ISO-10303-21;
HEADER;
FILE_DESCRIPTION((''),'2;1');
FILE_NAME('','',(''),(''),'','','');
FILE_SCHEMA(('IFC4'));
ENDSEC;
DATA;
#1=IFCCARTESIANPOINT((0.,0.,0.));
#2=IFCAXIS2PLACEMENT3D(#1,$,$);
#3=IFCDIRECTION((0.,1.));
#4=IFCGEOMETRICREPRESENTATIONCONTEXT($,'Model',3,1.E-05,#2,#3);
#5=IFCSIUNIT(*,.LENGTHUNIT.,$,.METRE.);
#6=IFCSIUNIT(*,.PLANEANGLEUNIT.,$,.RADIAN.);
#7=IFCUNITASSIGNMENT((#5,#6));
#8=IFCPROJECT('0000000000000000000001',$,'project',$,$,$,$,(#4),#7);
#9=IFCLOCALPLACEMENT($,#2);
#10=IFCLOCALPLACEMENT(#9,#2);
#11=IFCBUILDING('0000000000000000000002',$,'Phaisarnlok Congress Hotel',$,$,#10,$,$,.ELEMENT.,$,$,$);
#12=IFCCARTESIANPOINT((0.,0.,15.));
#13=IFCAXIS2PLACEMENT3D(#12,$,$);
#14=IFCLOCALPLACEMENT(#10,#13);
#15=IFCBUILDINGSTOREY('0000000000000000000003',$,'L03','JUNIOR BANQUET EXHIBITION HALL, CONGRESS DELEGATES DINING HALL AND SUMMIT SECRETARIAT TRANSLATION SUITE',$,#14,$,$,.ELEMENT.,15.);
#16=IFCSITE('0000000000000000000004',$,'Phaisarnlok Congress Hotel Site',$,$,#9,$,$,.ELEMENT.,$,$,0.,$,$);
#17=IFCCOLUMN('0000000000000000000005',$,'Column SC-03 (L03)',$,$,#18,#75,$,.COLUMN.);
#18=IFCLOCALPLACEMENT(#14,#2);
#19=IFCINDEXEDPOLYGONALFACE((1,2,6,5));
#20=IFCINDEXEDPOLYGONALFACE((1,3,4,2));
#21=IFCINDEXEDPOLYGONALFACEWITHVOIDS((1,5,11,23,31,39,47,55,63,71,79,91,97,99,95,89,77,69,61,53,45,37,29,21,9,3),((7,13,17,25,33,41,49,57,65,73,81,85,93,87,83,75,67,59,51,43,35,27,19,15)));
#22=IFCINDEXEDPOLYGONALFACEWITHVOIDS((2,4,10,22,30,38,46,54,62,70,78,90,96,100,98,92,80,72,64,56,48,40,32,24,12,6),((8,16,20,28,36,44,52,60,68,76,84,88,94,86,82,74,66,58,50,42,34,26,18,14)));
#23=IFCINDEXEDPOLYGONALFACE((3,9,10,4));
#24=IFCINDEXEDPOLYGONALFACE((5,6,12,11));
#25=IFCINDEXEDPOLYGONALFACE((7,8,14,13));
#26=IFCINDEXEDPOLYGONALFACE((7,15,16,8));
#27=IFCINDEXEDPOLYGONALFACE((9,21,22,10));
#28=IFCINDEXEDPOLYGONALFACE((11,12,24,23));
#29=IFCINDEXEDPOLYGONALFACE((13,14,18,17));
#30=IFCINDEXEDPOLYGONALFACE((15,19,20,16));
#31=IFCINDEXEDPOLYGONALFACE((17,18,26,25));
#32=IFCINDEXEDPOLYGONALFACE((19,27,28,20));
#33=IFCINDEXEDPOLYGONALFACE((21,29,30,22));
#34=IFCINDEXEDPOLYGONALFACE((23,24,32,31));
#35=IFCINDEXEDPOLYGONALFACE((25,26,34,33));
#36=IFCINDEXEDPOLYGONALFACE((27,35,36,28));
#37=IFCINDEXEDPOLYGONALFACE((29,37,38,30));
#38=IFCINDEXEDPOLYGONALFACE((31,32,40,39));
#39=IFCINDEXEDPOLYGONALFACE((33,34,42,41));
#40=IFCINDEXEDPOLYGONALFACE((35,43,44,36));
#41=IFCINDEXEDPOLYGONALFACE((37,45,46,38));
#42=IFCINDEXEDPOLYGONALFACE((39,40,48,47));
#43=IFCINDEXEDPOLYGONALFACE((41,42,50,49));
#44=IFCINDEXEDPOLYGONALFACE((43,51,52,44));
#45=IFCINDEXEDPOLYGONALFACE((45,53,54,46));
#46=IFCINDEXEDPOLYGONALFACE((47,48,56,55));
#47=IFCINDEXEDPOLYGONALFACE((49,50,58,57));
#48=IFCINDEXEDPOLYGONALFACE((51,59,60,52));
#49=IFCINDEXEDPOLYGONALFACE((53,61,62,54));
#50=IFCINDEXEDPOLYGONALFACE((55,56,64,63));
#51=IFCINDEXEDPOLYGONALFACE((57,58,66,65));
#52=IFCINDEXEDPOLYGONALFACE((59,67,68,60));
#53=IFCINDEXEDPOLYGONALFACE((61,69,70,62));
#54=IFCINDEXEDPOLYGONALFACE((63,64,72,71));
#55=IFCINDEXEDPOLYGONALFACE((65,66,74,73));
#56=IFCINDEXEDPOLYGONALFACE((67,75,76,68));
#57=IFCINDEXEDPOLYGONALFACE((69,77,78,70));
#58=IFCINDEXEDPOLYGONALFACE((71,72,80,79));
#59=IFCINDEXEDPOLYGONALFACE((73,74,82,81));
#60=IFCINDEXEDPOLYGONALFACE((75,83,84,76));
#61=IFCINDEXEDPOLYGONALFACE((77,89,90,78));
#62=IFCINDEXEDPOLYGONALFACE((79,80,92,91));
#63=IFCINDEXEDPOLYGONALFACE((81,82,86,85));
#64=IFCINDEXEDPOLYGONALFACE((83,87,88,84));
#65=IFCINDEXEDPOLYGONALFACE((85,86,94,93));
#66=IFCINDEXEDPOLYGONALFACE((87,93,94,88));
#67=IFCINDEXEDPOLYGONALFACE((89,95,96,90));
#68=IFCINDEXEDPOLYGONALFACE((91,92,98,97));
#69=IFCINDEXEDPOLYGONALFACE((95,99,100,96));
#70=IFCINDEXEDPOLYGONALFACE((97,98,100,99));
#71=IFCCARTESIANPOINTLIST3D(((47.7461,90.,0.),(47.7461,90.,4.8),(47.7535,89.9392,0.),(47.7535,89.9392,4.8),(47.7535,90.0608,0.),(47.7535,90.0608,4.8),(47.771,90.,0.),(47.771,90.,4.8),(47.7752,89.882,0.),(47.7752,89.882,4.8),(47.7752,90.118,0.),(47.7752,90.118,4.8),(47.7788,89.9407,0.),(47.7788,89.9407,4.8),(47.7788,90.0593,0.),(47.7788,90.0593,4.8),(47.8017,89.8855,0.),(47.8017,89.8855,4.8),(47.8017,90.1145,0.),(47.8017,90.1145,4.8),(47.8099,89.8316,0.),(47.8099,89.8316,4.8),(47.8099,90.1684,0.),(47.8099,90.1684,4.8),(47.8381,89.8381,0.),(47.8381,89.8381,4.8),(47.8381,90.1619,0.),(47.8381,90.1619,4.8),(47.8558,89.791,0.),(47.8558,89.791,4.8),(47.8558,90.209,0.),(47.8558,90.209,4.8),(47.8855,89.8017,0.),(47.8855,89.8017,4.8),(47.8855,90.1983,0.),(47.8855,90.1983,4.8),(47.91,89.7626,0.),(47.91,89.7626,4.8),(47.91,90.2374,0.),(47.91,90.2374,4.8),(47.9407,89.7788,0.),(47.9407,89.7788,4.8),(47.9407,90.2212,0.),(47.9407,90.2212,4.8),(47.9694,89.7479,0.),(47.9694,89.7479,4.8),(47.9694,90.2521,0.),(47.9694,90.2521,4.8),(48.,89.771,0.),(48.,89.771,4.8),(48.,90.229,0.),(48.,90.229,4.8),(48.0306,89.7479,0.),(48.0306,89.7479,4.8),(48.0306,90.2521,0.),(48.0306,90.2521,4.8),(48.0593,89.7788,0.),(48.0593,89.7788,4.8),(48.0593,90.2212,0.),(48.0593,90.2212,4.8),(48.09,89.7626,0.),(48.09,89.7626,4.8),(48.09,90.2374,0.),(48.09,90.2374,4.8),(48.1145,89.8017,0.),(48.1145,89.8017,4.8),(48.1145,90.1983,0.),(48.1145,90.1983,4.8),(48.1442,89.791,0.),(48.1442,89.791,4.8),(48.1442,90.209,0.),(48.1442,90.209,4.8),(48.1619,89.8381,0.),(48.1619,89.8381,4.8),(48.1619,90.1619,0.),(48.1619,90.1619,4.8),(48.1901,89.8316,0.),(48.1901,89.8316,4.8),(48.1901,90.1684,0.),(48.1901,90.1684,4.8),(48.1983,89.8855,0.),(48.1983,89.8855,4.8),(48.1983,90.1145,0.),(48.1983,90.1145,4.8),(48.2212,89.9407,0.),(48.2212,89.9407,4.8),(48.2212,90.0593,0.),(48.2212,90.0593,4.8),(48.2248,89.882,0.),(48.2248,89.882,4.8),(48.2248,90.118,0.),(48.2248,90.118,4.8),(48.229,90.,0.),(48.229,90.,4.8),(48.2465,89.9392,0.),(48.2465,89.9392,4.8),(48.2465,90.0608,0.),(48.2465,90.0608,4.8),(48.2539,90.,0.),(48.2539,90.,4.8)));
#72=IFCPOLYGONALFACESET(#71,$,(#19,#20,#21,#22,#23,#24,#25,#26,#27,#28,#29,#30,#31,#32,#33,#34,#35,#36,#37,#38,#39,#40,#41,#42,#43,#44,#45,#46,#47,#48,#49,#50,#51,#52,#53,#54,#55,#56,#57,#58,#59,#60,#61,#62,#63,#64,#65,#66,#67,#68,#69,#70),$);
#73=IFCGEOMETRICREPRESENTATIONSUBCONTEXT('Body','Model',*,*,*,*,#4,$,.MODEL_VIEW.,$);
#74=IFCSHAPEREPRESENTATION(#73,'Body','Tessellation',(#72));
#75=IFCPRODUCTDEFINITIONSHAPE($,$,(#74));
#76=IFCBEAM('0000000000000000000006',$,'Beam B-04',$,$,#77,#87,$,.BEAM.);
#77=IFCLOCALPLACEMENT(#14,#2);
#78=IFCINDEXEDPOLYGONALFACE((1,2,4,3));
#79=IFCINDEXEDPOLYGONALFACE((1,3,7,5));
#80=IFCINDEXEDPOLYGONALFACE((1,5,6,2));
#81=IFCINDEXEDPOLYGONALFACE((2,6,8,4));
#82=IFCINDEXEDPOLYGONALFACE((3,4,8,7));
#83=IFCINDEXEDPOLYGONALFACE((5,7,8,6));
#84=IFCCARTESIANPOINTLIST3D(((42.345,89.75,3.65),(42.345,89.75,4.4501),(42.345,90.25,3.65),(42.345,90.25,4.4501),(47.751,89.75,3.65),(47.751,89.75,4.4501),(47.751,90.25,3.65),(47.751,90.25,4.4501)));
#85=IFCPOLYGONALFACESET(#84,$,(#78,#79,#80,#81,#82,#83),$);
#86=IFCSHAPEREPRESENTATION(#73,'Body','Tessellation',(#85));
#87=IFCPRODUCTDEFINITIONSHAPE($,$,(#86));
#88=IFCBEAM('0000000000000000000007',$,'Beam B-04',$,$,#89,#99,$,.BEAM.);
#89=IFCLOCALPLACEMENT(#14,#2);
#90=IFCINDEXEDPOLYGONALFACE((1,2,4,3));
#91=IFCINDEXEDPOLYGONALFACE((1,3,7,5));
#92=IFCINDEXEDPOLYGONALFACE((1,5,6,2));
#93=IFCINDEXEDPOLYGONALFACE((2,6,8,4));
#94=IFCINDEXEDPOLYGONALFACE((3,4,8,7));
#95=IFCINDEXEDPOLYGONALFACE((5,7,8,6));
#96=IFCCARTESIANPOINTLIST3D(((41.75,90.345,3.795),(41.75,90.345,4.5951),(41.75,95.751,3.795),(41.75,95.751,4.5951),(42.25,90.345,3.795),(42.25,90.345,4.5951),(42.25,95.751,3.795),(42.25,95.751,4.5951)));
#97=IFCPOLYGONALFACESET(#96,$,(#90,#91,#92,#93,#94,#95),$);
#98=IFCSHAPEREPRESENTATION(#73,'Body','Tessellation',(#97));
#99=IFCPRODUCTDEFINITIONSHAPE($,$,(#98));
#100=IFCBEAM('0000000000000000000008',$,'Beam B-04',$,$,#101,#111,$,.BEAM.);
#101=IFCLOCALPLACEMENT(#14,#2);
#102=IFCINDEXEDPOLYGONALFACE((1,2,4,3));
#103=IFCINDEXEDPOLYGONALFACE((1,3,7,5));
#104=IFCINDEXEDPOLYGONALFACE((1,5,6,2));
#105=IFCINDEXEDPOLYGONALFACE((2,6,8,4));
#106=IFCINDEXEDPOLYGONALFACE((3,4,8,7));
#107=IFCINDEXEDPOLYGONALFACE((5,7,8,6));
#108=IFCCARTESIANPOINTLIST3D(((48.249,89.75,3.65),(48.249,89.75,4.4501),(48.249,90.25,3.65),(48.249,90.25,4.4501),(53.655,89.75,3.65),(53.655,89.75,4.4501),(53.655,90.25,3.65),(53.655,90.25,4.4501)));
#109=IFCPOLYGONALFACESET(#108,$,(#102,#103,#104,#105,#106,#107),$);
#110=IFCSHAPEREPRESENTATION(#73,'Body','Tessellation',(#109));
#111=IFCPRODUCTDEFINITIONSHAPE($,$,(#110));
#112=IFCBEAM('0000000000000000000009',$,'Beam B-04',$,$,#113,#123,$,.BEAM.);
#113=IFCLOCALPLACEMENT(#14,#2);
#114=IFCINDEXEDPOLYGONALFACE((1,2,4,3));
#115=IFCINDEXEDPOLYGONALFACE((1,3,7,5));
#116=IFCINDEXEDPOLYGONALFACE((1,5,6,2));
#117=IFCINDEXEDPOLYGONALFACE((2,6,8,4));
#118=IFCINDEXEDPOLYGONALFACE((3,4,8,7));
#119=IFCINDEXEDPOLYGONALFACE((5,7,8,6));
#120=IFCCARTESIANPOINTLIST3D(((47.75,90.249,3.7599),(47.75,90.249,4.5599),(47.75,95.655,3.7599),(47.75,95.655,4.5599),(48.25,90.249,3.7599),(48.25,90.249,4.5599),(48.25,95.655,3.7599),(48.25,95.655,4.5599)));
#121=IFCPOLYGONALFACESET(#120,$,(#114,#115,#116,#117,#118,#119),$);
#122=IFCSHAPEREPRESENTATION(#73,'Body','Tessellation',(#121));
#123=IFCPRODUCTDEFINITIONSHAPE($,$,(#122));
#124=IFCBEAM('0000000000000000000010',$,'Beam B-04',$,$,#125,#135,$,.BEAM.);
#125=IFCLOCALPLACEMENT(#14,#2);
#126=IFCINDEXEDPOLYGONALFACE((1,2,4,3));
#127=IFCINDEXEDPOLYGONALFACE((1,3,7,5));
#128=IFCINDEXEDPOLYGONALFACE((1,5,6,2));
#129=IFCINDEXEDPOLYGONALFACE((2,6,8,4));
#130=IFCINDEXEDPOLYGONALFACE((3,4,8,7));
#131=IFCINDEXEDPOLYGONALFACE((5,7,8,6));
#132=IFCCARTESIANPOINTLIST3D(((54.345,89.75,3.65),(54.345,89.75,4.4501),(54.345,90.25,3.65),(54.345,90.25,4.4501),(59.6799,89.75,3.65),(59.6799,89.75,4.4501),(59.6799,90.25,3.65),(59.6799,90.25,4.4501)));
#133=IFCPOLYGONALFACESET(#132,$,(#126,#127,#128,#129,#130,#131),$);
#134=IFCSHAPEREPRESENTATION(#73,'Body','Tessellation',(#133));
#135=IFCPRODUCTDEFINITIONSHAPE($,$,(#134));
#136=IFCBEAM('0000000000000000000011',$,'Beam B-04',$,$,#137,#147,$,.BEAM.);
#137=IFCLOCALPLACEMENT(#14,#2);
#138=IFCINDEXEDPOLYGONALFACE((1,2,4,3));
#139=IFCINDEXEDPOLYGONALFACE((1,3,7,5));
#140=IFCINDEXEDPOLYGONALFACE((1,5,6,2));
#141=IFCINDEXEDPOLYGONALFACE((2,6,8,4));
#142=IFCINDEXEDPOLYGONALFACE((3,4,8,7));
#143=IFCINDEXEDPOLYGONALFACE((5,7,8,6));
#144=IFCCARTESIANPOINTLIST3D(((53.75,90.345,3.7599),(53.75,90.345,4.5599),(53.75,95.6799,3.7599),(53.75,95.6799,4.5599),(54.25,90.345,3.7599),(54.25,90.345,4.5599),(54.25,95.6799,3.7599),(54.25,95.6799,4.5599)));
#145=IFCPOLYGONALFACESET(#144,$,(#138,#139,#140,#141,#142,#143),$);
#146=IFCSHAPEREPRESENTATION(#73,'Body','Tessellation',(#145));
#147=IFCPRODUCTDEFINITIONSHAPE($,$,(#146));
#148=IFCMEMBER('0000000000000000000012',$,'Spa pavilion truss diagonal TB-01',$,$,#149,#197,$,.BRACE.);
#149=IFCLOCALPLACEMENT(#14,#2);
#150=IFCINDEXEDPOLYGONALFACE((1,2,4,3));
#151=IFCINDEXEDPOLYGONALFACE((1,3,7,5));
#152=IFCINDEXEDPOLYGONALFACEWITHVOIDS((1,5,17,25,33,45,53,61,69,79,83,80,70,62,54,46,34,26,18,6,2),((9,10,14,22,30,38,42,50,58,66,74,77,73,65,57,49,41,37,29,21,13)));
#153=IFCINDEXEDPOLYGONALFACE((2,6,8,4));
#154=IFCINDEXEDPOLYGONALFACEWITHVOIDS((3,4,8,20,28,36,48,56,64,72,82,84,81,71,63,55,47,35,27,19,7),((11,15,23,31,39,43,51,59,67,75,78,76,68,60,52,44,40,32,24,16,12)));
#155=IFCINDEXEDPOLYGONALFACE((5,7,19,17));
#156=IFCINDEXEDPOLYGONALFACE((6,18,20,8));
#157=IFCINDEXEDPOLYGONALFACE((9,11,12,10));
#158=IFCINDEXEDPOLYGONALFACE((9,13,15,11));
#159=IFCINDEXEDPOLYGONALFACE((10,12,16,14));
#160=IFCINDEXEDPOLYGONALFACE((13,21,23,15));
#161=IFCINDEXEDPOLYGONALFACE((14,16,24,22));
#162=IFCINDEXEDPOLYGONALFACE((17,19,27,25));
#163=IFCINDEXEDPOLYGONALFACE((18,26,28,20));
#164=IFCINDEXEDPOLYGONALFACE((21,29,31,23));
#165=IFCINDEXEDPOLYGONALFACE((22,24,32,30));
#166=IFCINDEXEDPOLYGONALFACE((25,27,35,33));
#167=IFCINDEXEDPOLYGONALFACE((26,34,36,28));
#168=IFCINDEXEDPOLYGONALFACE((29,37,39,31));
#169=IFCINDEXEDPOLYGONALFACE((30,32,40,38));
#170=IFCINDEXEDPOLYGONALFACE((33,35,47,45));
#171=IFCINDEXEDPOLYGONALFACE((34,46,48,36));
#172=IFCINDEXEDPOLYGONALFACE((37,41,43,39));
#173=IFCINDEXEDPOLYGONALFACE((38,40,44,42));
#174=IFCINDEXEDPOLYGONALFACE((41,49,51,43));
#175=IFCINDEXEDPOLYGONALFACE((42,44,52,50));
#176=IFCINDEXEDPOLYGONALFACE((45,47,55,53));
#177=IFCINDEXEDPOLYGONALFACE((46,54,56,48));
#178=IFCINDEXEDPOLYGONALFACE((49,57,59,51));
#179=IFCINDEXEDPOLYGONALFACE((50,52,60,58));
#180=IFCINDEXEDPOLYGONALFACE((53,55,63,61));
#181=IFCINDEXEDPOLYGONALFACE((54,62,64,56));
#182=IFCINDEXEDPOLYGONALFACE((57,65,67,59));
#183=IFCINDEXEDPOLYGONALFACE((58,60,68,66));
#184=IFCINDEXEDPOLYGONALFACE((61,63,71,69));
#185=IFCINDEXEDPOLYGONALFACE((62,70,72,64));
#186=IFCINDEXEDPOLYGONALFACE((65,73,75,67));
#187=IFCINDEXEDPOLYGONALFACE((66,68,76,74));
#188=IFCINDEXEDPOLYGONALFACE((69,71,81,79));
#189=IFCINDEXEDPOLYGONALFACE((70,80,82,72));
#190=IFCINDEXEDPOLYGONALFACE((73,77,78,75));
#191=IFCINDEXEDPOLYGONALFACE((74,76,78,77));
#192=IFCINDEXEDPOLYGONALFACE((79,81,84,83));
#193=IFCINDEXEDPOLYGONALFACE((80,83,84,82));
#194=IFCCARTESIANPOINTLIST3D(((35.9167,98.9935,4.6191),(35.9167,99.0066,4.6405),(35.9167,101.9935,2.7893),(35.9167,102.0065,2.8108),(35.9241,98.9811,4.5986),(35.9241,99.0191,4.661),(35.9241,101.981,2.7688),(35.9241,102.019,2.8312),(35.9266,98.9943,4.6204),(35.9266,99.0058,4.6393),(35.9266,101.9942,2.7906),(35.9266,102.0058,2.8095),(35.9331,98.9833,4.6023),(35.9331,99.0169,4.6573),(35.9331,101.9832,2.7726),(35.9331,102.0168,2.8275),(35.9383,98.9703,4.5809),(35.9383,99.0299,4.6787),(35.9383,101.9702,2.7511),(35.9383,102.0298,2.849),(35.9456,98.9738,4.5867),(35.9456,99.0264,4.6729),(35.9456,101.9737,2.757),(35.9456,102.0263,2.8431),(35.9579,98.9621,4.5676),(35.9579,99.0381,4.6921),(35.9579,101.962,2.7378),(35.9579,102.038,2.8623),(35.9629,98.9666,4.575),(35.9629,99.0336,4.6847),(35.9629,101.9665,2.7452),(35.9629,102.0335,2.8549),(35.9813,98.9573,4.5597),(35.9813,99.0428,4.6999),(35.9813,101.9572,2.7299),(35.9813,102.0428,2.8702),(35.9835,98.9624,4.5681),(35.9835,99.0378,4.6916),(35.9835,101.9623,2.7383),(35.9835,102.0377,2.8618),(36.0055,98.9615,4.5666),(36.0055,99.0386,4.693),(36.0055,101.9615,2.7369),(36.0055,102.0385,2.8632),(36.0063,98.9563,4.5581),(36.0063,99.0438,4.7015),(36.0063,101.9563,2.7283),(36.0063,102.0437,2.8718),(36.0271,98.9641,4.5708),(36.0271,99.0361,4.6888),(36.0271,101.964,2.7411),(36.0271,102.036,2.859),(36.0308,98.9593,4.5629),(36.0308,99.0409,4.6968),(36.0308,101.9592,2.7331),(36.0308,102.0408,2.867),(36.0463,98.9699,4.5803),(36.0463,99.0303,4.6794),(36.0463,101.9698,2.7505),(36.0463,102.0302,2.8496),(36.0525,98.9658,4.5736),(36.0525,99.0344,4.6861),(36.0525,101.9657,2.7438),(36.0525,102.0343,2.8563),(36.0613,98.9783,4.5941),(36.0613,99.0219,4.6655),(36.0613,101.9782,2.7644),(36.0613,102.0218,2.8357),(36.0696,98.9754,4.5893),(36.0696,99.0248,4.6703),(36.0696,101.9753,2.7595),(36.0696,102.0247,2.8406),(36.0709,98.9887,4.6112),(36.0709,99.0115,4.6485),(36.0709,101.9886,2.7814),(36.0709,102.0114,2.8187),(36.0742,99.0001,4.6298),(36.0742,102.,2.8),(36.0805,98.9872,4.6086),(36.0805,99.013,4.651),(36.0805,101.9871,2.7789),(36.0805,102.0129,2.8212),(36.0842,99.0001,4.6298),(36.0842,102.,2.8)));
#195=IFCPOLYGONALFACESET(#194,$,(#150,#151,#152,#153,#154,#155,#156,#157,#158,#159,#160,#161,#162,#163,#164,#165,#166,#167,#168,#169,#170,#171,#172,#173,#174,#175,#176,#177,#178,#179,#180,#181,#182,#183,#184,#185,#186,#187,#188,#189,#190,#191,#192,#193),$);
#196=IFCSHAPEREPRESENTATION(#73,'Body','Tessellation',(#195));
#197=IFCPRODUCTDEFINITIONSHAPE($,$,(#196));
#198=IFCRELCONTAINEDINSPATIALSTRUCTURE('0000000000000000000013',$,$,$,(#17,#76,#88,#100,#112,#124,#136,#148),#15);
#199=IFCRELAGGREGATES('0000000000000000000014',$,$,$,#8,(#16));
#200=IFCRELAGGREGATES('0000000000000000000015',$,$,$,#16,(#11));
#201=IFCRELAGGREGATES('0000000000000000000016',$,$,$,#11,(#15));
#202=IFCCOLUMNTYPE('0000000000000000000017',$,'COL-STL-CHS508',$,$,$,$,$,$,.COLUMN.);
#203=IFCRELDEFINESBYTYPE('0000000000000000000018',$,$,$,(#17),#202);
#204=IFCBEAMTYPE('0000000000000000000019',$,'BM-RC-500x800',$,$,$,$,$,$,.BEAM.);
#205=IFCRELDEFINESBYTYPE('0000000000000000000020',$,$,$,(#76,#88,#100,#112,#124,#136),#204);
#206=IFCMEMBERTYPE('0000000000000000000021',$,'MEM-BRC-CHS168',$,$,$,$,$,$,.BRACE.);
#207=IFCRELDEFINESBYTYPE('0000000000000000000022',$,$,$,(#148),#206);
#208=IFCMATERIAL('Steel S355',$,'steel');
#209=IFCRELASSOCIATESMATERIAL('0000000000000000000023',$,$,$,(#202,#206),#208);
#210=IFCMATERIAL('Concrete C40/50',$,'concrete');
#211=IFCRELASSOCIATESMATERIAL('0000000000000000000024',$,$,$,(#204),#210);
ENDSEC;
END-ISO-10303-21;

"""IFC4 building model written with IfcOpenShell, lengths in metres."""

from ifc_helpers import new_model, si_unit, direction, frame, origin, origin_2d, place, context, subcontext, project, spatial, rectangle, hollow_circle, extrude, material, material_profile, profile_set, type_object, element, save


model = new_model("IFC4")

# Units and contexts
model_context = context("Model", 3, precision=1e-05, world=origin(), true_north=direction((0.0, 1.0)))
body_context = subcontext(model_context, "Body", "Model", "MODEL_VIEW")
ifc_project = project(units=[si_unit("LENGTHUNIT", "METRE"), si_unit("PLANEANGLEUNIT", "RADIAN")], contexts=[model_context])

# Site, building, storey
site_placement = place(None, origin())
site = spatial("IfcSite", under=ifc_project, at=site_placement, Name="Phaisarnlok Congress Hotel Site", CompositionType="ELEMENT", RefElevation=0.0)
building_placement = place(site_placement, origin())
building = spatial("IfcBuilding", under=site, at=building_placement, Name="Phaisarnlok Congress Hotel", CompositionType="ELEMENT")
storey_placement = place(building_placement, frame((0.0, 0.0, 15.0)))
storey = spatial("IfcBuildingStorey", under=building, at=storey_placement, Name="L03", Description="JUNIOR BANQUET EXHIBITION HALL, CONGRESS DELEGATES DINING HALL AND SUMMIT SECRETARIAT TRANSLATION SUITE", CompositionType="ELEMENT", Elevation=15.0)

# Column
ifc_material_1 = material(Name="Steel S355", Category="steel")
ifc_material_profile_1 = material_profile(ifc_material_1, hollow_circle(Radius=0.2539, WallThickness=0.0249, at=origin_2d()), Name="CHS 508x25")
ifc_profile_set_1 = profile_set([ifc_material_profile_1], Name="Steel S355")
column_type_1 = type_object("IfcColumnType", Name="COL-STL-CHS508", PredefinedType="COLUMN", material=ifc_profile_set_1)
for number, where, z_axis, x_axis, name in (
    (1, (48.0, 90.0, 0.0), (0.0, 0.0, 1.0), (1.0, 0.0, 0.0), "Column SC-03 (L03)"),
):
    element("IfcColumn", number, at=place(storey_placement, frame(where, z_axis=z_axis, x_axis=x_axis)), inside=storey, type_object=column_type_1, Name=name, PredefinedType="COLUMN", context=body_context, shape_type="SweptSolid", body=[
        extrude(hollow_circle(Radius=0.2539, WallThickness=0.0249, at=origin_2d()), origin(), (0.0, 0.0, 1.0), 4.8),
    ])

# Beams
ifc_material_2 = material(Name="Concrete C40/50", Category="concrete")
ifc_material_profile_2 = material_profile(ifc_material_2, rectangle(XDim=0.5, YDim=0.8, at=origin_2d()), Name="RC 500x800")
ifc_profile_set_2 = profile_set([ifc_material_profile_2], Name="Concrete C40/50")
beam_type_1 = type_object("IfcBeamType", Name="BM-RC-500x800", PredefinedType="BEAM", material=ifc_profile_set_2)
for number, where, z_axis, x_axis, name in (
    (2, (42.345, 90.0, 4.05), (1.0, 0.0, 0.0), (0.0, 1.0, 0.0), "Beam B-04"),
    (3, (42.0, 90.345, 4.1951), (0.0, 1.0, 0.0), (-1.0, 0.0, 0.0), "Beam B-04"),
    (4, (48.249, 90.0, 4.05), (1.0, 0.0, 0.0), (0.0, 1.0, 0.0), "Beam B-04"),
    (5, (48.0, 90.249, 4.1599), (0.0, 1.0, 0.0), (-1.0, 0.0, 0.0), "Beam B-04"),
):
    element("IfcBeam", number, at=place(storey_placement, frame(where, z_axis=z_axis, x_axis=x_axis)), inside=storey, type_object=beam_type_1, Name=name, PredefinedType="BEAM", context=body_context, shape_type="SweptSolid", body=[
        extrude(rectangle(XDim=0.5, YDim=0.8, at=origin_2d()), origin(), (0.0, 0.0, 1.0), 5.406),
    ])
for number, where, z_axis, x_axis, name in (
    (6, (54.345, 90.0, 4.05), (1.0, 0.0, 0.0), (0.0, 1.0, 0.0), "Beam B-04"),
    (7, (54.0, 90.345, 4.1599), (0.0, 1.0, 0.0), (-1.0, 0.0, 0.0), "Beam B-04"),
):
    element("IfcBeam", number, at=place(storey_placement, frame(where, z_axis=z_axis, x_axis=x_axis)), inside=storey, type_object=beam_type_1, Name=name, PredefinedType="BEAM", context=body_context, shape_type="SweptSolid", body=[
        extrude(rectangle(XDim=0.5, YDim=0.8, at=origin_2d()), origin(), (0.0, 0.0, 1.0), 5.335),
    ])

# Member
ifc_material_profile_3 = material_profile(ifc_material_1, hollow_circle(Radius=0.0842, WallThickness=0.01, at=origin_2d()), Name="CHS 168.3x10")
ifc_profile_set_3 = profile_set([ifc_material_profile_3], Name="Steel S355")
member_type_1 = type_object("IfcMemberType", Name="MEM-BRC-CHS168", PredefinedType="BRACE", material=ifc_profile_set_3)
member_1_placement = place(storey_placement, frame((36.0, 102.0, 2.8), z_axis=(0.0, -0.853725, 0.520725), x_axis=(1.0, 0.0, 0.0)))
element("IfcMember", 8, at=member_1_placement, inside=storey, type_object=member_type_1, Name="Spa pavilion truss diagonal TB-01", PredefinedType="BRACE", context=body_context, shape_type="SweptSolid", body=[
    extrude(hollow_circle(Radius=0.0842, WallThickness=0.01, at=origin_2d()), origin(), (0.0, 0.0, 1.0), 3.5139),
])

save(model, "model.ifc")
